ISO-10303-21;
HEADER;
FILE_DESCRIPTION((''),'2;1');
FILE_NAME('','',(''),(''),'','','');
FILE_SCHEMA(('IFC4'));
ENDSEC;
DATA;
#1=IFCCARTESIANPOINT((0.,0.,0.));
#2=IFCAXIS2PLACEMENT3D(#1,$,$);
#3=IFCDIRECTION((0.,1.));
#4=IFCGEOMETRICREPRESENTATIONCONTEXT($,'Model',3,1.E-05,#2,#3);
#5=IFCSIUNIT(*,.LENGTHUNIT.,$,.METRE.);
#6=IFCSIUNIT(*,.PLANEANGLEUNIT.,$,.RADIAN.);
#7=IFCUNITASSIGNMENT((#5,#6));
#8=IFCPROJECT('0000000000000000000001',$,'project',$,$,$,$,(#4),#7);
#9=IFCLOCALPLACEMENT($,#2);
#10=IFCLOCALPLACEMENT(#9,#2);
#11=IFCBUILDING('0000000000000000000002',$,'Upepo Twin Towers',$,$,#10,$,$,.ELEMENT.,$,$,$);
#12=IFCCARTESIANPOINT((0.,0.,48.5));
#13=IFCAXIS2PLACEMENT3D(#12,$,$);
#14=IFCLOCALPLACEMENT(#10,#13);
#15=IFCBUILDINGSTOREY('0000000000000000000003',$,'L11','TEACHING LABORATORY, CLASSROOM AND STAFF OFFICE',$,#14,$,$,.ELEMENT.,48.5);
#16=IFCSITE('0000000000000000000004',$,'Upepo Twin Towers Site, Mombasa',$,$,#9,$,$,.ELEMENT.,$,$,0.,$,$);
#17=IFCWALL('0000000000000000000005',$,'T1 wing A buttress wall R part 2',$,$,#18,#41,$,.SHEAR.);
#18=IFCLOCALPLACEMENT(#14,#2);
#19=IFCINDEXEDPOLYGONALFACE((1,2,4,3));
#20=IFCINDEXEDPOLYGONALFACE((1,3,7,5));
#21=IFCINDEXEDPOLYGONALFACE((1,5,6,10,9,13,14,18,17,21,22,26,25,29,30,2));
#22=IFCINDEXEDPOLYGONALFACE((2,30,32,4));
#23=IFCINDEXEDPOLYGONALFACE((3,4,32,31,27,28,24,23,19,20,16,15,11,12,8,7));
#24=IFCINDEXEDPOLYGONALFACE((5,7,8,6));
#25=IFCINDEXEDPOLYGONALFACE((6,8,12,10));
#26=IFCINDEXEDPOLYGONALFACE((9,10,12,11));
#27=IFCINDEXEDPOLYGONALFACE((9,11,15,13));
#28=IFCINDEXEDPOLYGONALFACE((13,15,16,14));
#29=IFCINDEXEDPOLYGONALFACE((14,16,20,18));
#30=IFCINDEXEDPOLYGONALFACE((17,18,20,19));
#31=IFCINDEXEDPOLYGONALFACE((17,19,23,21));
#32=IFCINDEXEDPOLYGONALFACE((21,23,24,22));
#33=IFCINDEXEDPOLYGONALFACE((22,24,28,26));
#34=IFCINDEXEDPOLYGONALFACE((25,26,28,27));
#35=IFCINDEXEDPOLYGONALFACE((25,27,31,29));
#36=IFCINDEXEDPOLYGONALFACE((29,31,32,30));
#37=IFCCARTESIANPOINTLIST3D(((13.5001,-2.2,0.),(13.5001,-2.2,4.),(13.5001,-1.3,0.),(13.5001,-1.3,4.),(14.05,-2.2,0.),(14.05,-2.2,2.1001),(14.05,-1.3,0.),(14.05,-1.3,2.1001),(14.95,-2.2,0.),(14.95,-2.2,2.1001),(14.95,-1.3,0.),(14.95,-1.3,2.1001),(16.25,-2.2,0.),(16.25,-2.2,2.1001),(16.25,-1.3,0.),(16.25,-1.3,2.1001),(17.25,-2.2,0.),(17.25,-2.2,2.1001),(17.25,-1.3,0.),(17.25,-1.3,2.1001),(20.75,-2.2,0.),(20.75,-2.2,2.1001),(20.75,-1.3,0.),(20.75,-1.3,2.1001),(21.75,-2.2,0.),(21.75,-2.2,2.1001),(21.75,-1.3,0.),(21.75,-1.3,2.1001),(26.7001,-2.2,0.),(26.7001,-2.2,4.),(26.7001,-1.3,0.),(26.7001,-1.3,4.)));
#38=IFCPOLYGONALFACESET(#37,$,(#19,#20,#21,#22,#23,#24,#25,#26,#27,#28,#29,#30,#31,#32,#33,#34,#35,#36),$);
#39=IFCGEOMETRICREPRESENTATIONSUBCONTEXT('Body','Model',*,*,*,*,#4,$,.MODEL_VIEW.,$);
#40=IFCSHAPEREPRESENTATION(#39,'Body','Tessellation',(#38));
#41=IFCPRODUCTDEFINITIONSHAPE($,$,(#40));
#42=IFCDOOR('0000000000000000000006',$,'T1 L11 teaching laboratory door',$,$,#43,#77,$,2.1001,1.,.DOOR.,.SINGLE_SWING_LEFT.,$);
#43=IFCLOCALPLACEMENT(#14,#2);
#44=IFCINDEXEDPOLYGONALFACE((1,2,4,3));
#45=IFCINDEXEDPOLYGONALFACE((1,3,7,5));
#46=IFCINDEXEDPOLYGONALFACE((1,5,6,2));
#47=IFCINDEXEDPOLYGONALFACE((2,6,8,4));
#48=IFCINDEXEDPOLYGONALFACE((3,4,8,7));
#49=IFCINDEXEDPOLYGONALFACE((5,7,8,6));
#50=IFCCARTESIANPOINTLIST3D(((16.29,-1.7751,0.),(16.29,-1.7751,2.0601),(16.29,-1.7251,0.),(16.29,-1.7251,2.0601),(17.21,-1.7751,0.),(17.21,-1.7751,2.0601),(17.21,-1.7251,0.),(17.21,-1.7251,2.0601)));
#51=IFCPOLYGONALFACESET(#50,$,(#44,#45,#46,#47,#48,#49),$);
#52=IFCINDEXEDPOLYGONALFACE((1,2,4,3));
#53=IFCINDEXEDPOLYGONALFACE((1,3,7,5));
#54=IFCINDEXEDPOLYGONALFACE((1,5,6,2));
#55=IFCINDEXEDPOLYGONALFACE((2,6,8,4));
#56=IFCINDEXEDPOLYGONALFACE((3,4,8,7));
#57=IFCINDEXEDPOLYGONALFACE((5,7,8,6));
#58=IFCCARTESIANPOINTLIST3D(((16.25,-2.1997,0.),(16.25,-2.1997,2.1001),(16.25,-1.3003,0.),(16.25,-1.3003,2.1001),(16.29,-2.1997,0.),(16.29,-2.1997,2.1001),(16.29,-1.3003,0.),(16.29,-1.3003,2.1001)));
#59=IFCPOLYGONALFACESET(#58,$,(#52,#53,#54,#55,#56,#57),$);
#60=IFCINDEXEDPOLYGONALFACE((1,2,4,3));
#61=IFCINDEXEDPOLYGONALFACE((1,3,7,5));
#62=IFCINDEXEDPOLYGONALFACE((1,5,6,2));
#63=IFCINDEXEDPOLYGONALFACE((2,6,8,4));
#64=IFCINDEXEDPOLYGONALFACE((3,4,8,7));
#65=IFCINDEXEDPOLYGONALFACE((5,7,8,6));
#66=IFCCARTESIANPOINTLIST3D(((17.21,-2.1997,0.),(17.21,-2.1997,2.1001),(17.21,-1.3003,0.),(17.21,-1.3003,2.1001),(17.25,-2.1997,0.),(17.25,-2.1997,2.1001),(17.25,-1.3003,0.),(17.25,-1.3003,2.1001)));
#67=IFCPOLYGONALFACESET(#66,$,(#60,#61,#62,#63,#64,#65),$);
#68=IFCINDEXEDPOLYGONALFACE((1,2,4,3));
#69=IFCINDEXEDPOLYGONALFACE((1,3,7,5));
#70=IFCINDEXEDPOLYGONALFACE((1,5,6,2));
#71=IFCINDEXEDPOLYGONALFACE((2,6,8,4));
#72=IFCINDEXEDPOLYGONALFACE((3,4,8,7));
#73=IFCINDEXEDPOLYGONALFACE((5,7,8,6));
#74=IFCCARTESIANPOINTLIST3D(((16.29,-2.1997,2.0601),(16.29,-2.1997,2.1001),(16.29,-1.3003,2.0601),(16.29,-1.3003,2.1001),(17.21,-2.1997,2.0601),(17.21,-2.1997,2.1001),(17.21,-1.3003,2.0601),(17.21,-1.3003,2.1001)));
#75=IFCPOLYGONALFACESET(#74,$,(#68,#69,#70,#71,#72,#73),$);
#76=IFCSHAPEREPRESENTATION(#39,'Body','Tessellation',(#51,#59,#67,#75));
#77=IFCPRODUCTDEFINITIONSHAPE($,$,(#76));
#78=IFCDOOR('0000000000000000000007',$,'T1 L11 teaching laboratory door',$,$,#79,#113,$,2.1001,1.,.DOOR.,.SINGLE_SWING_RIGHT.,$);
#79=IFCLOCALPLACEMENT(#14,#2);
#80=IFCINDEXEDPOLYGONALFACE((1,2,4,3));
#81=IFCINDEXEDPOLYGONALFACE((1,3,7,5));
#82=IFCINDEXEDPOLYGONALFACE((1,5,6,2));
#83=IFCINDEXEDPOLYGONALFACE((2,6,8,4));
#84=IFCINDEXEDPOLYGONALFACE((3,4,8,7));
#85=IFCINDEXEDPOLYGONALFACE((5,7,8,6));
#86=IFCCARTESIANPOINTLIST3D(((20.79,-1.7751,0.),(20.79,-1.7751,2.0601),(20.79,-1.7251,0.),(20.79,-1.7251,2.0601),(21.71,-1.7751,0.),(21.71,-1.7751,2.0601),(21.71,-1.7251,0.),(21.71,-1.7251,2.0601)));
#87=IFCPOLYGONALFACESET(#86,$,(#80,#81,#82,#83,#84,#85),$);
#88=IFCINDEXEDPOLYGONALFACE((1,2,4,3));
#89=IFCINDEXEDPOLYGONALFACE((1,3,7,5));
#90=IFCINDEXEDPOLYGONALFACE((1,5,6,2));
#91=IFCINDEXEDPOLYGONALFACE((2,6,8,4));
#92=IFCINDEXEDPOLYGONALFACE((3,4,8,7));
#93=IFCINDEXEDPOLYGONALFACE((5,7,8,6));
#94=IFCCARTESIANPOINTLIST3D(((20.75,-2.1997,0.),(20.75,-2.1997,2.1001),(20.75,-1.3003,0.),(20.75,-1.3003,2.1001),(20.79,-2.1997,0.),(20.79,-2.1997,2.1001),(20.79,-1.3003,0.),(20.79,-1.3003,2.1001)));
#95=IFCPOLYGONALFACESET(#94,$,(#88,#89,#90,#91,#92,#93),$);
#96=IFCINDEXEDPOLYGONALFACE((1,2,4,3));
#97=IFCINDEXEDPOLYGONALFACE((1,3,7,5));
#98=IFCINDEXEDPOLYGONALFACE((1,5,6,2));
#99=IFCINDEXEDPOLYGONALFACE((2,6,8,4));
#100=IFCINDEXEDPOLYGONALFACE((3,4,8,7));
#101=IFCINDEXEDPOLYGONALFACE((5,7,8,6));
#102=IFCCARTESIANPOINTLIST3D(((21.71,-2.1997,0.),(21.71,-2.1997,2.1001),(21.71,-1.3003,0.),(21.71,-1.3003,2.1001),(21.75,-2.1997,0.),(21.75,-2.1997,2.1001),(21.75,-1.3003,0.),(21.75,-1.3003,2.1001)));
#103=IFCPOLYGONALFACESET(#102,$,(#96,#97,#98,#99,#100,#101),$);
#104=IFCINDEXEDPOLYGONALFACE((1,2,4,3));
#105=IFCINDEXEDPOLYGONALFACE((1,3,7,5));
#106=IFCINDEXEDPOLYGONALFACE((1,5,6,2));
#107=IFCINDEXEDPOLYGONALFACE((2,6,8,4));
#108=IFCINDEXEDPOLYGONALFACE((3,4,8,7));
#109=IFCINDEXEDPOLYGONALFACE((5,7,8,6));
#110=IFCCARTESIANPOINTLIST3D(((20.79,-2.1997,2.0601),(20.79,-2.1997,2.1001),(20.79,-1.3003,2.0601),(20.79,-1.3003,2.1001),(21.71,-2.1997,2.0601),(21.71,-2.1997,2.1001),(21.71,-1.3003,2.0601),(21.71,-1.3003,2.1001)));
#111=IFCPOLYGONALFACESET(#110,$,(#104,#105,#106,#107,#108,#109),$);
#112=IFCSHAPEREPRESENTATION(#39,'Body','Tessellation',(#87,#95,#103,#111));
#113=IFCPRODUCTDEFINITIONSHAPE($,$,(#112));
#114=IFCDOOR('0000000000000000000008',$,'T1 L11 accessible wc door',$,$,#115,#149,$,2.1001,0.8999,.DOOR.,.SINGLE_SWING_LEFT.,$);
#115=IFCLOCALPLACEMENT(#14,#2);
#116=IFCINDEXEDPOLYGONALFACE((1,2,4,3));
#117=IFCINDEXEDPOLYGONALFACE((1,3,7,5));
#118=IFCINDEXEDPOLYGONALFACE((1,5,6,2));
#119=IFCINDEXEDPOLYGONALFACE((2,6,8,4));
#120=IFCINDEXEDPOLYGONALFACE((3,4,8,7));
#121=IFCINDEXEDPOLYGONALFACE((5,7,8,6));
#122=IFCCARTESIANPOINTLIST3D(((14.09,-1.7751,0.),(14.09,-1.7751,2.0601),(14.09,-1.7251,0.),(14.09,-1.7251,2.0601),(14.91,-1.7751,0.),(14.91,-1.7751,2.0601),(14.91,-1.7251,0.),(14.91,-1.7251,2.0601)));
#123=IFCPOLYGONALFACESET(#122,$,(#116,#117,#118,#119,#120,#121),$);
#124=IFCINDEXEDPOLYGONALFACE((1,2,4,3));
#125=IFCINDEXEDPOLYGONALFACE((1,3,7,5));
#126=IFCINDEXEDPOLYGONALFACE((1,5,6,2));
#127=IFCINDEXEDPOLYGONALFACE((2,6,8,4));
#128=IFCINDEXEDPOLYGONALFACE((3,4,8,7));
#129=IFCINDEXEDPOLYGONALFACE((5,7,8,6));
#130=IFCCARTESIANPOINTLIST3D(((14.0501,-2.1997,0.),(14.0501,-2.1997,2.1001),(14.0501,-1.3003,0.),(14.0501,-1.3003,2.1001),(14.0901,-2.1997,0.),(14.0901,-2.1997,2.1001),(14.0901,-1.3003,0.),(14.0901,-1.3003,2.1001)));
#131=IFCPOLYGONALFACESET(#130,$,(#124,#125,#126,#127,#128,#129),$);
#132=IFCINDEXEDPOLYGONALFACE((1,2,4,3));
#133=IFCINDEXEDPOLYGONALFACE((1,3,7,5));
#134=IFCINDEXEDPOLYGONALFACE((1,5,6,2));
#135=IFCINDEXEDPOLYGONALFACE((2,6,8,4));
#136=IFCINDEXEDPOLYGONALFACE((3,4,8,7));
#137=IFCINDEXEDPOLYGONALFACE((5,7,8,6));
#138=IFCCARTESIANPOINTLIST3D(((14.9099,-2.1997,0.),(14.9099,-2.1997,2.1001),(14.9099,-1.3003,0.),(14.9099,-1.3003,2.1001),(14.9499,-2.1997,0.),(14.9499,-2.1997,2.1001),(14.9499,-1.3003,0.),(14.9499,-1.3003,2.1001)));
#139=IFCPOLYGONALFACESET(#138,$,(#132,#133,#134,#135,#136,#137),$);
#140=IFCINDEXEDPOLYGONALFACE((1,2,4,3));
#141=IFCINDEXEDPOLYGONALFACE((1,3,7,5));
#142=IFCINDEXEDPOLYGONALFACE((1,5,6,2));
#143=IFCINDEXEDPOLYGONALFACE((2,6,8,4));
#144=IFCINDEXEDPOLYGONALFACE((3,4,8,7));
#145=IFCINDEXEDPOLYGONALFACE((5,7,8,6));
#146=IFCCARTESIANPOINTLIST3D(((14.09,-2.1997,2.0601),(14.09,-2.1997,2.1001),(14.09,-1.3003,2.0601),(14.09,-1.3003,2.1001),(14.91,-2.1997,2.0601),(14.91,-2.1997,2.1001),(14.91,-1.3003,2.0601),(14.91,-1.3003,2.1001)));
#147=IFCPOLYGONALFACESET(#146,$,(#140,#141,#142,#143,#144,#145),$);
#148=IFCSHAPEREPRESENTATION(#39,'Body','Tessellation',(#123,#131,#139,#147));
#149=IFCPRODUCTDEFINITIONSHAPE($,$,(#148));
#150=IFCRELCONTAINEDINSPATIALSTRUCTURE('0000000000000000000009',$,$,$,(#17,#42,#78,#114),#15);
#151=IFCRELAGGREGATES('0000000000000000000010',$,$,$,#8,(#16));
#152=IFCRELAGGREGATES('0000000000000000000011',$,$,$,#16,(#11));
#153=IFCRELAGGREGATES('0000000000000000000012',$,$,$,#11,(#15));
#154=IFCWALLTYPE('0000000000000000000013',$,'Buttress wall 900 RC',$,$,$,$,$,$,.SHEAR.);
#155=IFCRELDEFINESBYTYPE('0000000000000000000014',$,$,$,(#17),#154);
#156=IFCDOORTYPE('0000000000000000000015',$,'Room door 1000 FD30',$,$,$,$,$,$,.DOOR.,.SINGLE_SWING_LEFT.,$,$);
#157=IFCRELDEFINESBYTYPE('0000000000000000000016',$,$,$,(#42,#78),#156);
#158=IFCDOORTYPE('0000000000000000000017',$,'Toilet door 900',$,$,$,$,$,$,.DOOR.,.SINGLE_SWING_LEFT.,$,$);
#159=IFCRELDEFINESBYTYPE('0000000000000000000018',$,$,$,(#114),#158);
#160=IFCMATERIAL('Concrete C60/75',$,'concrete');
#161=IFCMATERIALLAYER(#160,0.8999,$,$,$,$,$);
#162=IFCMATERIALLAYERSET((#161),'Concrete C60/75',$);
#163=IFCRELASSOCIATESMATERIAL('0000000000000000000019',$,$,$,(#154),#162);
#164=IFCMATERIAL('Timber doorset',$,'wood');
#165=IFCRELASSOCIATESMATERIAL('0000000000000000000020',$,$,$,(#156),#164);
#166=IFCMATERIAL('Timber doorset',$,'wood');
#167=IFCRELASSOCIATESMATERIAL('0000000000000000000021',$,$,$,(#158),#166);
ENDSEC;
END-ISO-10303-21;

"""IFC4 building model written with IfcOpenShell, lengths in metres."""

from ifc_helpers import new_model, si_unit, direction, frame, frame_2d, origin, place, context, subcontext, project, spatial, rectangle, extrude, material, layer, layer_set, type_object, element, fill, save


model = new_model("IFC4")

# Units and contexts
model_context = context("Model", 3, precision=1e-05, world=origin(), true_north=direction((0.0, 1.0)))
body_context = subcontext(model_context, "Body", "Model", "MODEL_VIEW")
ifc_project = project(units=[si_unit("LENGTHUNIT", "METRE"), si_unit("PLANEANGLEUNIT", "RADIAN")], contexts=[model_context])

# Site, building, storey
site_placement = place(None, origin())
site = spatial("IfcSite", under=ifc_project, at=site_placement, Name="Upepo Twin Towers Site, Mombasa", CompositionType="ELEMENT", RefElevation=0.0)
building_placement = place(site_placement, origin())
building = spatial("IfcBuilding", under=site, at=building_placement, Name="Upepo Twin Towers", CompositionType="ELEMENT")
storey_placement = place(building_placement, frame((0.0, 0.0, 48.5)))
storey = spatial("IfcBuildingStorey", under=building, at=storey_placement, Name="L11", Description="TEACHING LABORATORY, CLASSROOM AND STAFF OFFICE", CompositionType="ELEMENT", Elevation=48.5)

# Wall, openings, doors
ifc_material_1 = material(Name="Concrete C60/75", Category="concrete")
ifc_layer_1 = layer(ifc_material_1, 0.8999)
ifc_layer_set_1 = layer_set([ifc_layer_1], Name="Concrete C60/75")
wall_type_1 = type_object("IfcWallType", Name="Buttress wall 900 RC", PredefinedType="SHEAR", material=ifc_layer_set_1)
wall_1_placement = place(storey_placement, frame((13.5, -1.75, 0.0), z_axis=(0.0, 0.0, 1.0), x_axis=(1.0, 0.0, 0.0)))
wall_1 = element("IfcWall", 1, at=wall_1_placement, inside=storey, type_object=wall_type_1, Name="T1 wing A buttress wall R part 2", PredefinedType="SHEAR", context=body_context, shape_type="SweptSolid", body=[
    extrude(rectangle(XDim=13.2, YDim=0.8999, at=frame_2d((6.6001, 0.0))), origin(), (0.0, 0.0, 1.0), 4.0),
])
opening_1_placement = place(wall_1_placement, frame((0.55, 0.0, 0.0)))
opening_1 = element("IfcOpeningElement", 2, at=opening_1_placement, cuts=wall_1, PredefinedType="OPENING", context=body_context, shape_type="SweptSolid", body=[
    extrude(rectangle(XDim=0.8999, YDim=2.1001, at=frame_2d((0.45, 1.05))), frame((0.0, 0.46, 0.0), z_axis=(0.0, -1.0, 0.0), x_axis=(1.0, 0.0, 0.0)), (0.0, 0.0, 1.0), 0.9199),
])
opening_2_placement = place(wall_1_placement, frame((2.75, 0.0, 0.0)))
opening_2 = element("IfcOpeningElement", 3, at=opening_2_placement, cuts=wall_1, PredefinedType="OPENING", context=body_context, shape_type="SweptSolid", body=[
    extrude(rectangle(XDim=1.0, YDim=2.1001, at=frame_2d((0.5, 1.05))), frame((0.0, 0.46, 0.0), z_axis=(0.0, -1.0, 0.0), x_axis=(1.0, 0.0, 0.0)), (0.0, 0.0, 1.0), 0.9199),
])
opening_3_placement = place(wall_1_placement, frame((7.25, 0.0, 0.0)))
opening_3 = element("IfcOpeningElement", 4, at=opening_3_placement, cuts=wall_1, PredefinedType="OPENING", context=body_context, shape_type="SweptSolid", body=[
    extrude(rectangle(XDim=1.0, YDim=2.1001, at=frame_2d((0.5, 1.05))), frame((0.0, 0.46, 0.0), z_axis=(0.0, -1.0, 0.0), x_axis=(1.0, 0.0, 0.0)), (0.0, 0.0, 1.0), 0.9199),
])
ifc_material_2 = material(Name="Timber doorset", Category="wood")
door_type_1 = type_object("IfcDoorType", Name="Room door 1000 FD30", OperationType="SINGLE_SWING_LEFT", PredefinedType="DOOR", material=ifc_material_2)
door_1_placement = place(opening_2_placement, origin())
door_1 = element("IfcDoor", 5, at=door_1_placement, inside=storey, type_object=door_type_1, Name="T1 L11 teaching laboratory door", OperationType="SINGLE_SWING_LEFT", OverallHeight=2.1001, OverallWidth=1.0, PredefinedType="DOOR", context=body_context, shape_type="SweptSolid", body=[
    extrude(rectangle(XDim=0.92, YDim=2.0601, at=frame_2d((0.5, 1.03))), frame((0.0, 0.0249, 0.0), z_axis=(0.0, -1.0, 0.0), x_axis=(1.0, 0.0, 0.0)), (0.0, 0.0, 1.0), 0.05),
    extrude(rectangle(XDim=0.04, YDim=2.1001, at=frame_2d((0.02, 1.05))), frame((0.0, 0.4497, 0.0), z_axis=(0.0, -1.0, 0.0), x_axis=(1.0, 0.0, 0.0)), (0.0, 0.0, 1.0), 0.8994),
    extrude(rectangle(XDim=0.04, YDim=2.1001, at=frame_2d((0.98, 1.05))), frame((0.0, 0.4497, 0.0), z_axis=(0.0, -1.0, 0.0), x_axis=(1.0, 0.0, 0.0)), (0.0, 0.0, 1.0), 0.8994),
    extrude(rectangle(XDim=0.92, YDim=0.04, at=frame_2d((0.5, 2.0801))), frame((0.0, 0.4497, 0.0), z_axis=(0.0, -1.0, 0.0), x_axis=(1.0, 0.0, 0.0)), (0.0, 0.0, 1.0), 0.8994),
])
fill(opening_2, door_1)
door_2_placement = place(opening_3_placement, origin())
door_2 = element("IfcDoor", 6, at=door_2_placement, inside=storey, type_object=door_type_1, Name="T1 L11 teaching laboratory door", OperationType="SINGLE_SWING_RIGHT", OverallHeight=2.1001, OverallWidth=1.0, PredefinedType="DOOR", context=body_context, shape_type="SweptSolid", body=[
    extrude(rectangle(XDim=0.92, YDim=2.0601, at=frame_2d((0.5, 1.03))), frame((0.0, 0.0249, 0.0), z_axis=(0.0, -1.0, 0.0), x_axis=(1.0, 0.0, 0.0)), (0.0, 0.0, 1.0), 0.05),
    extrude(rectangle(XDim=0.04, YDim=2.1001, at=frame_2d((0.02, 1.05))), frame((0.0, 0.4497, 0.0), z_axis=(0.0, -1.0, 0.0), x_axis=(1.0, 0.0, 0.0)), (0.0, 0.0, 1.0), 0.8994),
    extrude(rectangle(XDim=0.04, YDim=2.1001, at=frame_2d((0.98, 1.05))), frame((0.0, 0.4497, 0.0), z_axis=(0.0, -1.0, 0.0), x_axis=(1.0, 0.0, 0.0)), (0.0, 0.0, 1.0), 0.8994),
    extrude(rectangle(XDim=0.92, YDim=0.04, at=frame_2d((0.5, 2.0801))), frame((0.0, 0.4497, 0.0), z_axis=(0.0, -1.0, 0.0), x_axis=(1.0, 0.0, 0.0)), (0.0, 0.0, 1.0), 0.8994),
])
fill(opening_3, door_2)
ifc_material_3 = material(Name="Timber doorset", Category="wood")
door_type_2 = type_object("IfcDoorType", Name="Toilet door 900", OperationType="SINGLE_SWING_LEFT", PredefinedType="DOOR", material=ifc_material_3)
door_3_placement = place(opening_1_placement, origin())
door_3 = element("IfcDoor", 7, at=door_3_placement, inside=storey, type_object=door_type_2, Name="T1 L11 accessible wc door", OperationType="SINGLE_SWING_LEFT", OverallHeight=2.1001, OverallWidth=0.8999, PredefinedType="DOOR", context=body_context, shape_type="SweptSolid", body=[
    extrude(rectangle(XDim=0.8199, YDim=2.0601, at=frame_2d((0.45, 1.03))), frame((0.0, 0.0249, 0.0), z_axis=(0.0, -1.0, 0.0), x_axis=(1.0, 0.0, 0.0)), (0.0, 0.0, 1.0), 0.05),
    extrude(rectangle(XDim=0.04, YDim=2.1001, at=frame_2d((0.02, 1.05))), frame((0.0, 0.4497, 0.0), z_axis=(0.0, -1.0, 0.0), x_axis=(1.0, 0.0, 0.0)), (0.0, 0.0, 1.0), 0.8994),
    extrude(rectangle(XDim=0.04, YDim=2.1001, at=frame_2d((0.8799, 1.05))), frame((0.0, 0.4497, 0.0), z_axis=(0.0, -1.0, 0.0), x_axis=(1.0, 0.0, 0.0)), (0.0, 0.0, 1.0), 0.8994),
    extrude(rectangle(XDim=0.8199, YDim=0.04, at=frame_2d((0.45, 2.0801))), frame((0.0, 0.4497, 0.0), z_axis=(0.0, -1.0, 0.0), x_axis=(1.0, 0.0, 0.0)), (0.0, 0.0, 1.0), 0.8994),
])
fill(opening_1, door_3)

save(model, "model.ifc")
